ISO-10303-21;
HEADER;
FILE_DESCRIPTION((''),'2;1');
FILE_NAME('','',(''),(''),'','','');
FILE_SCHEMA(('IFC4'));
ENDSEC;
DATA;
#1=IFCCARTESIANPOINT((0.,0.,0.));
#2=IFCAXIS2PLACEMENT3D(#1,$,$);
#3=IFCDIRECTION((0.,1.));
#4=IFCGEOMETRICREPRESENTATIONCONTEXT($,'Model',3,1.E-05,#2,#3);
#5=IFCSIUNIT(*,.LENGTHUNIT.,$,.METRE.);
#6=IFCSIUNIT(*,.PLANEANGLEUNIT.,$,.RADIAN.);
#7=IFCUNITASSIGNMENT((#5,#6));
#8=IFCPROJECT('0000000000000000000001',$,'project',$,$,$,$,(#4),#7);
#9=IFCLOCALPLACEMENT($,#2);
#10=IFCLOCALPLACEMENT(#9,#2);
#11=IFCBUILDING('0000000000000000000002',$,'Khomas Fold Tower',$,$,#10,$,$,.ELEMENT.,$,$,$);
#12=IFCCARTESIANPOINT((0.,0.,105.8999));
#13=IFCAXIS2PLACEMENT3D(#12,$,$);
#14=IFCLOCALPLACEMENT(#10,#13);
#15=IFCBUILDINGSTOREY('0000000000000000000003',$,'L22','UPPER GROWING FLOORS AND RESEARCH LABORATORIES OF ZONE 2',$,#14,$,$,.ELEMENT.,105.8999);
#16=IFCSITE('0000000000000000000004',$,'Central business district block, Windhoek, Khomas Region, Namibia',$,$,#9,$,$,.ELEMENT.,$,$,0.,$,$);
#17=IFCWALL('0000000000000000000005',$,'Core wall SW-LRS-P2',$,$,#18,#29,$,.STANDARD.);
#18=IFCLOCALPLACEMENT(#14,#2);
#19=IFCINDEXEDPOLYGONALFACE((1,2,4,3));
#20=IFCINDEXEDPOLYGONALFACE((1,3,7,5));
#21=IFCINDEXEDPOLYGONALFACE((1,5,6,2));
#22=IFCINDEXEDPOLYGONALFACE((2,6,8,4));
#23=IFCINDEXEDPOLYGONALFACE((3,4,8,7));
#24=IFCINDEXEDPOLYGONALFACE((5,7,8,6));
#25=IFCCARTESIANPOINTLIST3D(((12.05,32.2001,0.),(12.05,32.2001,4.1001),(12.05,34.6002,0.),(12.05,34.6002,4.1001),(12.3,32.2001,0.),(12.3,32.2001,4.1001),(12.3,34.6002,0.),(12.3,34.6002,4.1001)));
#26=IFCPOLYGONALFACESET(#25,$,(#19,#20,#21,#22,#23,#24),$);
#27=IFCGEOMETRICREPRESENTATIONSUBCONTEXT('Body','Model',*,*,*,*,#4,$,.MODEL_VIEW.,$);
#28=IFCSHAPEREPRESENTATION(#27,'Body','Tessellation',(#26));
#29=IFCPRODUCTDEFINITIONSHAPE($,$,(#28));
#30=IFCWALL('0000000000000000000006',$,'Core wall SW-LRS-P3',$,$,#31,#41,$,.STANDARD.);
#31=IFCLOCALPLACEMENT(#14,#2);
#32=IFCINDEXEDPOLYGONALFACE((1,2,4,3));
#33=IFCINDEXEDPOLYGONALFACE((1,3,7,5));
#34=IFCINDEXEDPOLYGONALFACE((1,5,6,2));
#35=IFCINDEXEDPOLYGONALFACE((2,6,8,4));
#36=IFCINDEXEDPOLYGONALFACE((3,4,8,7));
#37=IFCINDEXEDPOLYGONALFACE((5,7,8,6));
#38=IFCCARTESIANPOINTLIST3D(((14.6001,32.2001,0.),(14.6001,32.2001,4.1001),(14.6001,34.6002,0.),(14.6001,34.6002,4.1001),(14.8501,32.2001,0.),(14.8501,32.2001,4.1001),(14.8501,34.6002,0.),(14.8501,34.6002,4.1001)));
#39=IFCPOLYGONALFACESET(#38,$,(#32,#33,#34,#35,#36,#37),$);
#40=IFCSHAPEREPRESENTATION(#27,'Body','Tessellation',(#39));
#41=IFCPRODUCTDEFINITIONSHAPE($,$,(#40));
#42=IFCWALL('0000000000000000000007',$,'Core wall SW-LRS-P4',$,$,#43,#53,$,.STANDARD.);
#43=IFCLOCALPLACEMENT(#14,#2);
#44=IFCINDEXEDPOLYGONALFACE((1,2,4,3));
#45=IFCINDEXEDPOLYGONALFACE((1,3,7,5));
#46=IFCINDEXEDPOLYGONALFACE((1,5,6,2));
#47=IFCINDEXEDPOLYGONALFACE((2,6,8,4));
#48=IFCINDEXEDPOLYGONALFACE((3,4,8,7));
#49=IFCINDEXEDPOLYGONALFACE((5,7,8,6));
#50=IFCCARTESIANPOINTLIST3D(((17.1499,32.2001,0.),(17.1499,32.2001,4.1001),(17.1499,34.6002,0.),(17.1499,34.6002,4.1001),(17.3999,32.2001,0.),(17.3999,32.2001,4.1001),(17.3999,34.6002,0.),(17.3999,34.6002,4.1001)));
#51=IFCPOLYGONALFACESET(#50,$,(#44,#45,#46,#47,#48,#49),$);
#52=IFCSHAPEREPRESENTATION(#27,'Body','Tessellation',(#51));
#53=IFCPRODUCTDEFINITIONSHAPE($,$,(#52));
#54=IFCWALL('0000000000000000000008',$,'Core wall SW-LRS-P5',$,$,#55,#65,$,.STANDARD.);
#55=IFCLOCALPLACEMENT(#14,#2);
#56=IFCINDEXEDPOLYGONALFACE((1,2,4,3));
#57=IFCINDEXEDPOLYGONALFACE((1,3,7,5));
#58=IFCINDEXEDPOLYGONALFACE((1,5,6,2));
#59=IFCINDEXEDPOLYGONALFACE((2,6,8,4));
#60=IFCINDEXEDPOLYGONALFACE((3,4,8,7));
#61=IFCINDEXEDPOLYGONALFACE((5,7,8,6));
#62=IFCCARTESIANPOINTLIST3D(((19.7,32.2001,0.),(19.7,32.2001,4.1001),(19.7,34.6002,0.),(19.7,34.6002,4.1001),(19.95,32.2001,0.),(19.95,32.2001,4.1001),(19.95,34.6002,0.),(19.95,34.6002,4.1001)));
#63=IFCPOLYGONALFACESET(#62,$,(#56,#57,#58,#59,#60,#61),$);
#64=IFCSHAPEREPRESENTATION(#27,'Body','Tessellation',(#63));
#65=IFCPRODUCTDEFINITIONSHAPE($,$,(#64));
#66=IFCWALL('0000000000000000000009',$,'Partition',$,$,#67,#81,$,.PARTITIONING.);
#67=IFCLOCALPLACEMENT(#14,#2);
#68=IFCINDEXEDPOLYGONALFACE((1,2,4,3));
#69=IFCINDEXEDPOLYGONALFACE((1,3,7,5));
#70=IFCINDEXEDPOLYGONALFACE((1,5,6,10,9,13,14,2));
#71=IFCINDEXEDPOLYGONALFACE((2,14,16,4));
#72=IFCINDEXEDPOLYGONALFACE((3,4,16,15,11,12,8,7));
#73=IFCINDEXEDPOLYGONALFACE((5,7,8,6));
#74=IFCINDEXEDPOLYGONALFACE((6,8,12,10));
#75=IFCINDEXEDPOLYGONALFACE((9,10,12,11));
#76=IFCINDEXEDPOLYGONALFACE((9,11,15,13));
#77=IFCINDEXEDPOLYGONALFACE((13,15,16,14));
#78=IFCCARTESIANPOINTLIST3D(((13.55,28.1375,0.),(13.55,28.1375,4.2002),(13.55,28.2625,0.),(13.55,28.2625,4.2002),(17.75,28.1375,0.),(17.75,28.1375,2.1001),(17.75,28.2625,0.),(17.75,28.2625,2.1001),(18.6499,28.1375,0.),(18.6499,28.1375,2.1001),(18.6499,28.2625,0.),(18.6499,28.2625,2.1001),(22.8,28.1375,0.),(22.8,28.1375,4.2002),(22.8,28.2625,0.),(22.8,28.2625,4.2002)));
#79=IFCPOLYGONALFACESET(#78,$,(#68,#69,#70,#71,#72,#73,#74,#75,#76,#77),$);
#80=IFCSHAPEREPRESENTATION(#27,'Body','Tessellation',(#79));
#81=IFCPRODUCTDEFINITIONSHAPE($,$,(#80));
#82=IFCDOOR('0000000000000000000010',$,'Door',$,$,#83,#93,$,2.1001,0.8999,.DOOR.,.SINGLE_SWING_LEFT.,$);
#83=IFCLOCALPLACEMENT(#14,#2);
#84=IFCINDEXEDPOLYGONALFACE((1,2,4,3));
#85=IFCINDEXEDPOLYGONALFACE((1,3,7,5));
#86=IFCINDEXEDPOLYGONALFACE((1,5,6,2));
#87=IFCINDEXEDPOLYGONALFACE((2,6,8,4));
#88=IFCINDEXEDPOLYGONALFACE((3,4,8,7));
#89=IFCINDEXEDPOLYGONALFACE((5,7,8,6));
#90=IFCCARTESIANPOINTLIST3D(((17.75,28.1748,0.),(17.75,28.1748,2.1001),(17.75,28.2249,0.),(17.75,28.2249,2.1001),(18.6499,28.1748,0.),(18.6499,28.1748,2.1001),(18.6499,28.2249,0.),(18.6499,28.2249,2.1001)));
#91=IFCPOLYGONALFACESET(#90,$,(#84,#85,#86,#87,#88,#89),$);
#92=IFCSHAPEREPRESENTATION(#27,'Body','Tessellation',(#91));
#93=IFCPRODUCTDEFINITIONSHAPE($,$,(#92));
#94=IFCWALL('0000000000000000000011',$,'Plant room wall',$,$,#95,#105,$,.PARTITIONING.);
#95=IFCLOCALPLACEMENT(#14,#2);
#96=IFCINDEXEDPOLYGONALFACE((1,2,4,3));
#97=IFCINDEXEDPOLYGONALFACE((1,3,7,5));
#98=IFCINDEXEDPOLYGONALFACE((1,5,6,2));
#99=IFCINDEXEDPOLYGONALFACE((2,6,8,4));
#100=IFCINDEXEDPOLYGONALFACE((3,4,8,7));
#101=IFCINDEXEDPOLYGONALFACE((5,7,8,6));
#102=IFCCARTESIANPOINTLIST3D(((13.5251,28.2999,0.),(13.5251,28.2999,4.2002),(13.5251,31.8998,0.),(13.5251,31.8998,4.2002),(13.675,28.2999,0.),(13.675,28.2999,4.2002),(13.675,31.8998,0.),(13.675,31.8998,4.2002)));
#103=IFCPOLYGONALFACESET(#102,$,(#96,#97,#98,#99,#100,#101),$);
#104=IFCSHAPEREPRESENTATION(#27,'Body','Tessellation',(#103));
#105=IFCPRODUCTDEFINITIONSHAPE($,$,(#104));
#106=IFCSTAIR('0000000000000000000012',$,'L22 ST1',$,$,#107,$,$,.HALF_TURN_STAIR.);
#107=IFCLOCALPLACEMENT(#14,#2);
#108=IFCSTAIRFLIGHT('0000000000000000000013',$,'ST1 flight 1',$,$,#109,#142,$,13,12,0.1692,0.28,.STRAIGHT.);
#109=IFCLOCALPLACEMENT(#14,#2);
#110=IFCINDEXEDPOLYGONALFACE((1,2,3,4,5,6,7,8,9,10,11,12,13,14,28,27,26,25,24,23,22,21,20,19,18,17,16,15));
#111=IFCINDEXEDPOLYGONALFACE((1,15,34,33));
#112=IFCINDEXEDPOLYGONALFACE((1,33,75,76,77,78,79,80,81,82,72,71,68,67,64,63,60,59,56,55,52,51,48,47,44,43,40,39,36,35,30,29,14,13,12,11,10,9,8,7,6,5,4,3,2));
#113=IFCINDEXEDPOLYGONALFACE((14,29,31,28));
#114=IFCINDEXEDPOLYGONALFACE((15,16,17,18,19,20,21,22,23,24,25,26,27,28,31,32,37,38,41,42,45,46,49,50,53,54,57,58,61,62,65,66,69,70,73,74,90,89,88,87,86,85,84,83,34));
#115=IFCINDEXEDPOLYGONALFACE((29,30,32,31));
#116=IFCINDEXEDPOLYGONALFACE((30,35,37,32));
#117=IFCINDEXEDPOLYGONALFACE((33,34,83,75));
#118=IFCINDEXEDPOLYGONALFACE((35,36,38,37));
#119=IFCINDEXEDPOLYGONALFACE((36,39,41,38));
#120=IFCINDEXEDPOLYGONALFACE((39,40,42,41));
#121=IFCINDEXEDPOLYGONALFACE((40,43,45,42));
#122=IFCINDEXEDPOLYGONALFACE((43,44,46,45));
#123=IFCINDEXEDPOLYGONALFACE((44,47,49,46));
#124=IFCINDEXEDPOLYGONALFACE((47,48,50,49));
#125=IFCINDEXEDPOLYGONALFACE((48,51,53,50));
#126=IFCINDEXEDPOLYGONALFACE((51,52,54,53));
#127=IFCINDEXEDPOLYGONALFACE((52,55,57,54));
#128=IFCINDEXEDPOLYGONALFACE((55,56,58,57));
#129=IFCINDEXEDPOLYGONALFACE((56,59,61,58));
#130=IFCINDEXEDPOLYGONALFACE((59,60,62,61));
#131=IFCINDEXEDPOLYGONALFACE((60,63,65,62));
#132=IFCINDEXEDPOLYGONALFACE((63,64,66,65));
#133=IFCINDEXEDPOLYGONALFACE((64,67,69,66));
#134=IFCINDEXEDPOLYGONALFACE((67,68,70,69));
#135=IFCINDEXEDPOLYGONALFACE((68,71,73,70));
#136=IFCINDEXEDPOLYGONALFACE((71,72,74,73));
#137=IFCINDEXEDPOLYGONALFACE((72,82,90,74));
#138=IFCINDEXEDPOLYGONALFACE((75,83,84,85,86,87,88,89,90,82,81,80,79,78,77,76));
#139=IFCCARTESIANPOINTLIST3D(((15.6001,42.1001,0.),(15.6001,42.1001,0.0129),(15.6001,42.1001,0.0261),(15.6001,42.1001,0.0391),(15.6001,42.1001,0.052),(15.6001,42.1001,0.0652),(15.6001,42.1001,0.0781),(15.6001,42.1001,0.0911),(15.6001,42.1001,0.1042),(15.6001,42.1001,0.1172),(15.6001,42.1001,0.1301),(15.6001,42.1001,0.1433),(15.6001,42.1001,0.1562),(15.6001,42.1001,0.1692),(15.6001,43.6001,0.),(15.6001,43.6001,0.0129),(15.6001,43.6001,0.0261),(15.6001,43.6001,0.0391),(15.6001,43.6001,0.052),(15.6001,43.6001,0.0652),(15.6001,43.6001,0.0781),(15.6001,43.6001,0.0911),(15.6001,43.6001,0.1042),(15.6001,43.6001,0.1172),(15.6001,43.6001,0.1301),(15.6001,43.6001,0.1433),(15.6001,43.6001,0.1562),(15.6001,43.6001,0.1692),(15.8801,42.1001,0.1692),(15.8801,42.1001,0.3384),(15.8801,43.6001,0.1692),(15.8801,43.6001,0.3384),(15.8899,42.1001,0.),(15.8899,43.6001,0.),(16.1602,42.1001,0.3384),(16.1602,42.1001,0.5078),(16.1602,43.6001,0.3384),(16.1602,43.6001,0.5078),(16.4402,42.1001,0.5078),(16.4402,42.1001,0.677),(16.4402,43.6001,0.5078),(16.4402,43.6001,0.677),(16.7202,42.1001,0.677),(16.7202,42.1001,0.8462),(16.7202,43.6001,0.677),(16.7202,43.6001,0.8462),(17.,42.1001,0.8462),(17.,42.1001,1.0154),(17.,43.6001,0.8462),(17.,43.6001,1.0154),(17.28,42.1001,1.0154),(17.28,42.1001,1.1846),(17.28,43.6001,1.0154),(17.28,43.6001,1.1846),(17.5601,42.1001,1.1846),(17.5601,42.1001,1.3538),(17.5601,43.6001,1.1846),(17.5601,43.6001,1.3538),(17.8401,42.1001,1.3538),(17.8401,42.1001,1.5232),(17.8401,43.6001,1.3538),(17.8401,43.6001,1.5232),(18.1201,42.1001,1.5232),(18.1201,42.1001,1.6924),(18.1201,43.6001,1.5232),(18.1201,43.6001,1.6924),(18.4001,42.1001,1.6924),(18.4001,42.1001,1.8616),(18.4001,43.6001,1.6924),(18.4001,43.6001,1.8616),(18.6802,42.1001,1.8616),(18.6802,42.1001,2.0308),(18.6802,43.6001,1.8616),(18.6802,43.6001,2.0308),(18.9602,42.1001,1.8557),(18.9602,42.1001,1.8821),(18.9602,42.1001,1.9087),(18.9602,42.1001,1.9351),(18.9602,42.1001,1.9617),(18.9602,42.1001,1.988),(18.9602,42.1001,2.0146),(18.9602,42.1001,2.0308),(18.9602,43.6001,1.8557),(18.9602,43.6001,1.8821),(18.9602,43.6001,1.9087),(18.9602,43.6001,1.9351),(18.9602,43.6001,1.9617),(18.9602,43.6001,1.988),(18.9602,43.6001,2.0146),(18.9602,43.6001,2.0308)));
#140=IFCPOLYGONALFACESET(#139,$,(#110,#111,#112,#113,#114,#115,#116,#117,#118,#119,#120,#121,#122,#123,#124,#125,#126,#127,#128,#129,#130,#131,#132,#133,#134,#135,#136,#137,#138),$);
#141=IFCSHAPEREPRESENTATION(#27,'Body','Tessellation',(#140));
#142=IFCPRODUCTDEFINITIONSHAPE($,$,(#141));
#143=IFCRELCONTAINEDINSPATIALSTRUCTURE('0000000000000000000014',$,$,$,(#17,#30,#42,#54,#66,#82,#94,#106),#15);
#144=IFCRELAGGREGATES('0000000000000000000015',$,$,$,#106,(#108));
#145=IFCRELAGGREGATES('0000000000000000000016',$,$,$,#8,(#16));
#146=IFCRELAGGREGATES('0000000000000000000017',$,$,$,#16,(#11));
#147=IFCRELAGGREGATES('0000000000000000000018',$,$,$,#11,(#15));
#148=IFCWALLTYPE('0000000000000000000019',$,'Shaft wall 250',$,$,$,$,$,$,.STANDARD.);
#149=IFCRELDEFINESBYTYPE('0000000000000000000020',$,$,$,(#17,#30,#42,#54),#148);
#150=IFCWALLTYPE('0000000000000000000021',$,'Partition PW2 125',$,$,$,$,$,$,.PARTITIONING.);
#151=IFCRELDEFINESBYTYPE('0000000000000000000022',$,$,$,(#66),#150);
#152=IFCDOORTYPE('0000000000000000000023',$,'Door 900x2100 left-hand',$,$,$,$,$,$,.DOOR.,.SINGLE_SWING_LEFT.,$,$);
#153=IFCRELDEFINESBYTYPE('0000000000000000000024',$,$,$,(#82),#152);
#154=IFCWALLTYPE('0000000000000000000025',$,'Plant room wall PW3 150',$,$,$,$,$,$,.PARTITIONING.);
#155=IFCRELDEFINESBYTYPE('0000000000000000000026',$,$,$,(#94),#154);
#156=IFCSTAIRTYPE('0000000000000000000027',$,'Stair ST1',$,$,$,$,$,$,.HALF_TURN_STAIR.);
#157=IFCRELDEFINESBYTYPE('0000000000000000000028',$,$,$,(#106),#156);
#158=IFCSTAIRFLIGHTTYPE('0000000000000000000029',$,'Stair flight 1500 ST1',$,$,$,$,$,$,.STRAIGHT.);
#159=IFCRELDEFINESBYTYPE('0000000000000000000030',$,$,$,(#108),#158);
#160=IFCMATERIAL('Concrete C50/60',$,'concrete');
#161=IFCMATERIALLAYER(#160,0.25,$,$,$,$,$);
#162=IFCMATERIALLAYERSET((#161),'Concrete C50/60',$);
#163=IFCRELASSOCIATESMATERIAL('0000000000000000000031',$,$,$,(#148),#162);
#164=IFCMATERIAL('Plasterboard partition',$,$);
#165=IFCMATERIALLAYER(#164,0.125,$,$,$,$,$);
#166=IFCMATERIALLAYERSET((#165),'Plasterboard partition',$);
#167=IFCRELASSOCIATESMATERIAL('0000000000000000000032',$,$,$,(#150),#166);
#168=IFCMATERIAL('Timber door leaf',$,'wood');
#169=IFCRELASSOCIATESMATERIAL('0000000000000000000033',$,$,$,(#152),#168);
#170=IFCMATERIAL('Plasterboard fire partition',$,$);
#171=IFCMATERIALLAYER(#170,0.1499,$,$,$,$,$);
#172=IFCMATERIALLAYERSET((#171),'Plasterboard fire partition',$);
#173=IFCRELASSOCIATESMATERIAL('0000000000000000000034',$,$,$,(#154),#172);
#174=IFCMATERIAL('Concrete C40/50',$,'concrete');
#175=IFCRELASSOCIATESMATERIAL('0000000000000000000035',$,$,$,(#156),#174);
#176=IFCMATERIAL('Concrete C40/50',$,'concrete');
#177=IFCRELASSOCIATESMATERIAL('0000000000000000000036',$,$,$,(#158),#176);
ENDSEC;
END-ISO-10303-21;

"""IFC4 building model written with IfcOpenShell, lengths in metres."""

from ifc_helpers import new_model, si_unit, direction, frame, frame_2d, origin, place, context, subcontext, project, spatial, polyline, rectangle, outline, extrude, source, transform, mapped, material, layer, layer_set, type_object, element, fill, aggregate, save


model = new_model("IFC4")

# Units and contexts
model_context = context("Model", 3, precision=1e-05, world=origin(), true_north=direction((0.0, 1.0)))
body_context = subcontext(model_context, "Body", "Model", "MODEL_VIEW")
ifc_project = project(units=[si_unit("LENGTHUNIT", "METRE"), si_unit("PLANEANGLEUNIT", "RADIAN")], contexts=[model_context])

# Site, building, storey
site_placement = place(None, origin())
site = spatial("IfcSite", under=ifc_project, at=site_placement, Name="Central business district block, Windhoek, Khomas Region, Namibia", CompositionType="ELEMENT", RefElevation=0.0)
building_placement = place(site_placement, origin())
building = spatial("IfcBuilding", under=site, at=building_placement, Name="Khomas Fold Tower", CompositionType="ELEMENT")
storey_placement = place(building_placement, frame((0.0, 0.0, 105.8999)))
storey = spatial("IfcBuildingStorey", under=building, at=storey_placement, Name="L22", Description="UPPER GROWING FLOORS AND RESEARCH LABORATORIES OF ZONE 2", CompositionType="ELEMENT", Elevation=105.8999)

# Walls
ifc_material_1 = material(Name="Concrete C50/60", Category="concrete")
ifc_layer_1 = layer(ifc_material_1, 0.25)
ifc_layer_set_1 = layer_set([ifc_layer_1], Name="Concrete C50/60")
wall_type_1 = type_object("IfcWallType", Name="Shaft wall 250", PredefinedType="STANDARD", material=ifc_layer_set_1)
shared_shape_1 = source(origin(), body_context, "Body", "SweptSolid", [
    extrude(rectangle(XDim=2.4001, YDim=0.25, at=frame_2d((1.2002, 0.0))), origin(), (0.0, 0.0, 1.0), 4.1001),
])
for number, where, z_axis, x_axis, name in (
    (1, (12.175, 32.2, 0.0), (0.0, 0.0, 1.0), (0.0, 1.0, 0.0), "Core wall SW-LRS-P2"),
    (2, (14.7251, 32.2, 0.0), (0.0, 0.0, 1.0), (0.0, 1.0, 0.0), "Core wall SW-LRS-P3"),
    (3, (17.2749, 32.2, 0.0), (0.0, 0.0, 1.0), (0.0, 1.0, 0.0), "Core wall SW-LRS-P4"),
    (4, (19.825, 32.2, 0.0), (0.0, 0.0, 1.0), (0.0, 1.0, 0.0), "Core wall SW-LRS-P5"),
):
    element("IfcWall", number, at=place(storey_placement, frame(where, z_axis=z_axis, x_axis=x_axis)), inside=storey, type_object=wall_type_1, Name=name, PredefinedType="STANDARD", context=body_context, shape_type="MappedRepresentation", body=[
        mapped(shared_shape_1, transform((0.0, 0.0, 0.0))),
    ])

# Wall, opening, door
ifc_material_2 = material(Name="Plasterboard partition")
ifc_layer_2 = layer(ifc_material_2, 0.125)
ifc_layer_set_2 = layer_set([ifc_layer_2], Name="Plasterboard partition")
wall_type_2 = type_object("IfcWallType", Name="Partition PW2 125", PredefinedType="PARTITIONING", material=ifc_layer_set_2)
shared_shape_2 = source(origin(), body_context, "Body", "SweptSolid", [
    extrude(rectangle(XDim=9.25, YDim=0.125, at=frame_2d((4.625, 0.0))), origin(), (0.0, 0.0, 1.0), 4.2002),
])
wall_1_placement = place(storey_placement, frame((13.55, 28.2, 0.0), z_axis=(0.0, 0.0, 1.0), x_axis=(1.0, 0.0, 0.0)))
wall_1 = element("IfcWall", 5, at=wall_1_placement, inside=storey, type_object=wall_type_2, Name="Partition", PredefinedType="PARTITIONING", context=body_context, shape_type="MappedRepresentation", body=[
    mapped(shared_shape_2, transform((0.0, 0.0, 0.0))),
])
shared_shape_3 = source(origin(), body_context, "Body", "SweptSolid", [
    extrude(rectangle(XDim=0.8999, YDim=2.1001, at=frame_2d((0.45, 1.05))), frame((0.0, 0.0725, 0.0), z_axis=(0.0, -1.0, 0.0), x_axis=(1.0, 0.0, 0.0)), (0.0, 0.0, 1.0), 0.145),
])
opening_1_placement = place(wall_1_placement, frame((4.2, 0.0, 0.0)))
opening_1 = element("IfcOpeningElement", 6, at=opening_1_placement, cuts=wall_1, PredefinedType="OPENING", context=body_context, shape_type="MappedRepresentation", body=[
    mapped(shared_shape_3, transform((0.0, 0.0, 0.0))),
])
ifc_material_3 = material(Name="Timber door leaf", Category="wood")
door_type_1 = type_object("IfcDoorType", Name="Door 900x2100 left-hand", OperationType="SINGLE_SWING_LEFT", PredefinedType="DOOR", material=ifc_material_3)
shared_shape_4 = source(origin(), body_context, "Body", "SweptSolid", [
    extrude(rectangle(XDim=0.8999, YDim=2.1001, at=frame_2d((0.45, 1.05))), frame((0.0, 0.0249, 0.0), z_axis=(0.0, -1.0, 0.0), x_axis=(1.0, 0.0, 0.0)), (0.0, 0.0, 1.0), 0.05),
])
door_1_placement = place(opening_1_placement, origin())
door_1 = element("IfcDoor", 7, at=door_1_placement, inside=storey, type_object=door_type_1, Name="Door", OperationType="SINGLE_SWING_LEFT", OverallHeight=2.1001, OverallWidth=0.8999, PredefinedType="DOOR", context=body_context, shape_type="MappedRepresentation", body=[
    mapped(shared_shape_4, transform((0.0, 0.0, 0.0))),
])
fill(opening_1, door_1)

# Wall
ifc_material_4 = material(Name="Plasterboard fire partition")
ifc_layer_3 = layer(ifc_material_4, 0.1499)
ifc_layer_set_3 = layer_set([ifc_layer_3], Name="Plasterboard fire partition")
wall_type_3 = type_object("IfcWallType", Name="Plant room wall PW3 150", PredefinedType="PARTITIONING", material=ifc_layer_set_3)
shared_shape_5 = source(origin(), body_context, "Body", "SweptSolid", [
    extrude(rectangle(XDim=3.5999, YDim=0.1499, at=frame_2d((1.7998, 0.0))), origin(), (0.0, 0.0, 1.0), 4.2002),
])
wall_2_placement = place(storey_placement, frame((13.6001, 28.3, 0.0), z_axis=(0.0, 0.0, 1.0), x_axis=(0.0, 1.0, 0.0)))
element("IfcWall", 8, at=wall_2_placement, inside=storey, type_object=wall_type_3, Name="Plant room wall", PredefinedType="PARTITIONING", context=body_context, shape_type="MappedRepresentation", body=[
    mapped(shared_shape_5, transform((0.0, 0.0, 0.0))),
])

# Stair, stair flight
ifc_material_5 = material(Name="Concrete C40/50", Category="concrete")
stair_type = type_object("IfcStairType", Name="Stair ST1", PredefinedType="HALF_TURN_STAIR", material=ifc_material_5)
stair_placement = place(storey_placement, origin())
stair = element("IfcStair", 9, at=stair_placement, inside=storey, type_object=stair_type, Name="L22 ST1", PredefinedType="HALF_TURN_STAIR")
ifc_material_6 = material(Name="Concrete C40/50", Category="concrete")
stair_flight_type = type_object("IfcStairFlightType", Name="Stair flight 1500 ST1", PredefinedType="STRAIGHT", material=ifc_material_6)
shared_shape_6 = source(origin(), body_context, "Body", "SweptSolid", [
    extrude(outline(polyline([(0.0, 0.0), (0.0, 0.0129), (0.0, 0.0261), (0.0, 0.0391), (0.0, 0.052), (0.0, 0.0652), (0.0, 0.0781), (0.0, 0.0911), (0.0, 0.1042), (0.0, 0.1172), (0.0, 0.1301), (0.0, 0.1433), (0.0, 0.1562), (0.0, 0.1692), (0.28, 0.1692), (0.28, 0.3384), (0.5601, 0.3384), (0.5601, 0.5078), (0.8401, 0.5078), (0.8401, 0.677), (1.1201, 0.677), (1.1201, 0.8462), (1.3999, 0.8462), (1.3999, 1.0154), (1.6799, 1.0154), (1.6799, 1.1846), (1.96, 1.1846), (1.96, 1.3538), (2.24, 1.3538), (2.24, 1.5232), (2.52, 1.5232), (2.52, 1.6924), (2.8, 1.6924), (2.8, 1.8616), (3.0801, 1.8616), (3.0801, 2.0308), (3.3601, 2.0308), (3.3601, 2.2), (3.3601, 2.1736), (3.3601, 2.147), (3.3601, 2.1206), (3.3601, 2.094), (3.3601, 2.0676), (3.3601, 2.041), (3.3601, 2.0146), (3.3601, 1.988), (3.3601, 1.9617), (3.3601, 1.9351), (3.3601, 1.9087), (3.3601, 1.8821), (3.3601, 1.8557), (0.2898, 0.0), (0.0, 0.0)])), frame((0.0, 0.75, 0.0), z_axis=(0.0, -1.0, 0.0), x_axis=(1.0, 0.0, 0.0)), (0.0, 0.0, 1.0), 1.5),
])
stair_flight_1_placement = place(storey_placement, frame((15.6001, 42.8501, 0.0), z_axis=(0.0, 0.0, 1.0), x_axis=(1.0, 0.0, 0.0)))
stair_flight_1 = element("IfcStairFlight", 10, at=stair_flight_1_placement, type_object=stair_flight_type, Name="ST1 flight 1", NumberOfRisers=13, NumberOfTreads=12, PredefinedType="STRAIGHT", RiserHeight=0.1692, TreadLength=0.28, context=body_context, shape_type="MappedRepresentation", body=[
    mapped(shared_shape_6, transform((0.0, 0.0, 0.0))),
])
aggregate(stair, [stair_flight_1])

save(model, "model.ifc")
